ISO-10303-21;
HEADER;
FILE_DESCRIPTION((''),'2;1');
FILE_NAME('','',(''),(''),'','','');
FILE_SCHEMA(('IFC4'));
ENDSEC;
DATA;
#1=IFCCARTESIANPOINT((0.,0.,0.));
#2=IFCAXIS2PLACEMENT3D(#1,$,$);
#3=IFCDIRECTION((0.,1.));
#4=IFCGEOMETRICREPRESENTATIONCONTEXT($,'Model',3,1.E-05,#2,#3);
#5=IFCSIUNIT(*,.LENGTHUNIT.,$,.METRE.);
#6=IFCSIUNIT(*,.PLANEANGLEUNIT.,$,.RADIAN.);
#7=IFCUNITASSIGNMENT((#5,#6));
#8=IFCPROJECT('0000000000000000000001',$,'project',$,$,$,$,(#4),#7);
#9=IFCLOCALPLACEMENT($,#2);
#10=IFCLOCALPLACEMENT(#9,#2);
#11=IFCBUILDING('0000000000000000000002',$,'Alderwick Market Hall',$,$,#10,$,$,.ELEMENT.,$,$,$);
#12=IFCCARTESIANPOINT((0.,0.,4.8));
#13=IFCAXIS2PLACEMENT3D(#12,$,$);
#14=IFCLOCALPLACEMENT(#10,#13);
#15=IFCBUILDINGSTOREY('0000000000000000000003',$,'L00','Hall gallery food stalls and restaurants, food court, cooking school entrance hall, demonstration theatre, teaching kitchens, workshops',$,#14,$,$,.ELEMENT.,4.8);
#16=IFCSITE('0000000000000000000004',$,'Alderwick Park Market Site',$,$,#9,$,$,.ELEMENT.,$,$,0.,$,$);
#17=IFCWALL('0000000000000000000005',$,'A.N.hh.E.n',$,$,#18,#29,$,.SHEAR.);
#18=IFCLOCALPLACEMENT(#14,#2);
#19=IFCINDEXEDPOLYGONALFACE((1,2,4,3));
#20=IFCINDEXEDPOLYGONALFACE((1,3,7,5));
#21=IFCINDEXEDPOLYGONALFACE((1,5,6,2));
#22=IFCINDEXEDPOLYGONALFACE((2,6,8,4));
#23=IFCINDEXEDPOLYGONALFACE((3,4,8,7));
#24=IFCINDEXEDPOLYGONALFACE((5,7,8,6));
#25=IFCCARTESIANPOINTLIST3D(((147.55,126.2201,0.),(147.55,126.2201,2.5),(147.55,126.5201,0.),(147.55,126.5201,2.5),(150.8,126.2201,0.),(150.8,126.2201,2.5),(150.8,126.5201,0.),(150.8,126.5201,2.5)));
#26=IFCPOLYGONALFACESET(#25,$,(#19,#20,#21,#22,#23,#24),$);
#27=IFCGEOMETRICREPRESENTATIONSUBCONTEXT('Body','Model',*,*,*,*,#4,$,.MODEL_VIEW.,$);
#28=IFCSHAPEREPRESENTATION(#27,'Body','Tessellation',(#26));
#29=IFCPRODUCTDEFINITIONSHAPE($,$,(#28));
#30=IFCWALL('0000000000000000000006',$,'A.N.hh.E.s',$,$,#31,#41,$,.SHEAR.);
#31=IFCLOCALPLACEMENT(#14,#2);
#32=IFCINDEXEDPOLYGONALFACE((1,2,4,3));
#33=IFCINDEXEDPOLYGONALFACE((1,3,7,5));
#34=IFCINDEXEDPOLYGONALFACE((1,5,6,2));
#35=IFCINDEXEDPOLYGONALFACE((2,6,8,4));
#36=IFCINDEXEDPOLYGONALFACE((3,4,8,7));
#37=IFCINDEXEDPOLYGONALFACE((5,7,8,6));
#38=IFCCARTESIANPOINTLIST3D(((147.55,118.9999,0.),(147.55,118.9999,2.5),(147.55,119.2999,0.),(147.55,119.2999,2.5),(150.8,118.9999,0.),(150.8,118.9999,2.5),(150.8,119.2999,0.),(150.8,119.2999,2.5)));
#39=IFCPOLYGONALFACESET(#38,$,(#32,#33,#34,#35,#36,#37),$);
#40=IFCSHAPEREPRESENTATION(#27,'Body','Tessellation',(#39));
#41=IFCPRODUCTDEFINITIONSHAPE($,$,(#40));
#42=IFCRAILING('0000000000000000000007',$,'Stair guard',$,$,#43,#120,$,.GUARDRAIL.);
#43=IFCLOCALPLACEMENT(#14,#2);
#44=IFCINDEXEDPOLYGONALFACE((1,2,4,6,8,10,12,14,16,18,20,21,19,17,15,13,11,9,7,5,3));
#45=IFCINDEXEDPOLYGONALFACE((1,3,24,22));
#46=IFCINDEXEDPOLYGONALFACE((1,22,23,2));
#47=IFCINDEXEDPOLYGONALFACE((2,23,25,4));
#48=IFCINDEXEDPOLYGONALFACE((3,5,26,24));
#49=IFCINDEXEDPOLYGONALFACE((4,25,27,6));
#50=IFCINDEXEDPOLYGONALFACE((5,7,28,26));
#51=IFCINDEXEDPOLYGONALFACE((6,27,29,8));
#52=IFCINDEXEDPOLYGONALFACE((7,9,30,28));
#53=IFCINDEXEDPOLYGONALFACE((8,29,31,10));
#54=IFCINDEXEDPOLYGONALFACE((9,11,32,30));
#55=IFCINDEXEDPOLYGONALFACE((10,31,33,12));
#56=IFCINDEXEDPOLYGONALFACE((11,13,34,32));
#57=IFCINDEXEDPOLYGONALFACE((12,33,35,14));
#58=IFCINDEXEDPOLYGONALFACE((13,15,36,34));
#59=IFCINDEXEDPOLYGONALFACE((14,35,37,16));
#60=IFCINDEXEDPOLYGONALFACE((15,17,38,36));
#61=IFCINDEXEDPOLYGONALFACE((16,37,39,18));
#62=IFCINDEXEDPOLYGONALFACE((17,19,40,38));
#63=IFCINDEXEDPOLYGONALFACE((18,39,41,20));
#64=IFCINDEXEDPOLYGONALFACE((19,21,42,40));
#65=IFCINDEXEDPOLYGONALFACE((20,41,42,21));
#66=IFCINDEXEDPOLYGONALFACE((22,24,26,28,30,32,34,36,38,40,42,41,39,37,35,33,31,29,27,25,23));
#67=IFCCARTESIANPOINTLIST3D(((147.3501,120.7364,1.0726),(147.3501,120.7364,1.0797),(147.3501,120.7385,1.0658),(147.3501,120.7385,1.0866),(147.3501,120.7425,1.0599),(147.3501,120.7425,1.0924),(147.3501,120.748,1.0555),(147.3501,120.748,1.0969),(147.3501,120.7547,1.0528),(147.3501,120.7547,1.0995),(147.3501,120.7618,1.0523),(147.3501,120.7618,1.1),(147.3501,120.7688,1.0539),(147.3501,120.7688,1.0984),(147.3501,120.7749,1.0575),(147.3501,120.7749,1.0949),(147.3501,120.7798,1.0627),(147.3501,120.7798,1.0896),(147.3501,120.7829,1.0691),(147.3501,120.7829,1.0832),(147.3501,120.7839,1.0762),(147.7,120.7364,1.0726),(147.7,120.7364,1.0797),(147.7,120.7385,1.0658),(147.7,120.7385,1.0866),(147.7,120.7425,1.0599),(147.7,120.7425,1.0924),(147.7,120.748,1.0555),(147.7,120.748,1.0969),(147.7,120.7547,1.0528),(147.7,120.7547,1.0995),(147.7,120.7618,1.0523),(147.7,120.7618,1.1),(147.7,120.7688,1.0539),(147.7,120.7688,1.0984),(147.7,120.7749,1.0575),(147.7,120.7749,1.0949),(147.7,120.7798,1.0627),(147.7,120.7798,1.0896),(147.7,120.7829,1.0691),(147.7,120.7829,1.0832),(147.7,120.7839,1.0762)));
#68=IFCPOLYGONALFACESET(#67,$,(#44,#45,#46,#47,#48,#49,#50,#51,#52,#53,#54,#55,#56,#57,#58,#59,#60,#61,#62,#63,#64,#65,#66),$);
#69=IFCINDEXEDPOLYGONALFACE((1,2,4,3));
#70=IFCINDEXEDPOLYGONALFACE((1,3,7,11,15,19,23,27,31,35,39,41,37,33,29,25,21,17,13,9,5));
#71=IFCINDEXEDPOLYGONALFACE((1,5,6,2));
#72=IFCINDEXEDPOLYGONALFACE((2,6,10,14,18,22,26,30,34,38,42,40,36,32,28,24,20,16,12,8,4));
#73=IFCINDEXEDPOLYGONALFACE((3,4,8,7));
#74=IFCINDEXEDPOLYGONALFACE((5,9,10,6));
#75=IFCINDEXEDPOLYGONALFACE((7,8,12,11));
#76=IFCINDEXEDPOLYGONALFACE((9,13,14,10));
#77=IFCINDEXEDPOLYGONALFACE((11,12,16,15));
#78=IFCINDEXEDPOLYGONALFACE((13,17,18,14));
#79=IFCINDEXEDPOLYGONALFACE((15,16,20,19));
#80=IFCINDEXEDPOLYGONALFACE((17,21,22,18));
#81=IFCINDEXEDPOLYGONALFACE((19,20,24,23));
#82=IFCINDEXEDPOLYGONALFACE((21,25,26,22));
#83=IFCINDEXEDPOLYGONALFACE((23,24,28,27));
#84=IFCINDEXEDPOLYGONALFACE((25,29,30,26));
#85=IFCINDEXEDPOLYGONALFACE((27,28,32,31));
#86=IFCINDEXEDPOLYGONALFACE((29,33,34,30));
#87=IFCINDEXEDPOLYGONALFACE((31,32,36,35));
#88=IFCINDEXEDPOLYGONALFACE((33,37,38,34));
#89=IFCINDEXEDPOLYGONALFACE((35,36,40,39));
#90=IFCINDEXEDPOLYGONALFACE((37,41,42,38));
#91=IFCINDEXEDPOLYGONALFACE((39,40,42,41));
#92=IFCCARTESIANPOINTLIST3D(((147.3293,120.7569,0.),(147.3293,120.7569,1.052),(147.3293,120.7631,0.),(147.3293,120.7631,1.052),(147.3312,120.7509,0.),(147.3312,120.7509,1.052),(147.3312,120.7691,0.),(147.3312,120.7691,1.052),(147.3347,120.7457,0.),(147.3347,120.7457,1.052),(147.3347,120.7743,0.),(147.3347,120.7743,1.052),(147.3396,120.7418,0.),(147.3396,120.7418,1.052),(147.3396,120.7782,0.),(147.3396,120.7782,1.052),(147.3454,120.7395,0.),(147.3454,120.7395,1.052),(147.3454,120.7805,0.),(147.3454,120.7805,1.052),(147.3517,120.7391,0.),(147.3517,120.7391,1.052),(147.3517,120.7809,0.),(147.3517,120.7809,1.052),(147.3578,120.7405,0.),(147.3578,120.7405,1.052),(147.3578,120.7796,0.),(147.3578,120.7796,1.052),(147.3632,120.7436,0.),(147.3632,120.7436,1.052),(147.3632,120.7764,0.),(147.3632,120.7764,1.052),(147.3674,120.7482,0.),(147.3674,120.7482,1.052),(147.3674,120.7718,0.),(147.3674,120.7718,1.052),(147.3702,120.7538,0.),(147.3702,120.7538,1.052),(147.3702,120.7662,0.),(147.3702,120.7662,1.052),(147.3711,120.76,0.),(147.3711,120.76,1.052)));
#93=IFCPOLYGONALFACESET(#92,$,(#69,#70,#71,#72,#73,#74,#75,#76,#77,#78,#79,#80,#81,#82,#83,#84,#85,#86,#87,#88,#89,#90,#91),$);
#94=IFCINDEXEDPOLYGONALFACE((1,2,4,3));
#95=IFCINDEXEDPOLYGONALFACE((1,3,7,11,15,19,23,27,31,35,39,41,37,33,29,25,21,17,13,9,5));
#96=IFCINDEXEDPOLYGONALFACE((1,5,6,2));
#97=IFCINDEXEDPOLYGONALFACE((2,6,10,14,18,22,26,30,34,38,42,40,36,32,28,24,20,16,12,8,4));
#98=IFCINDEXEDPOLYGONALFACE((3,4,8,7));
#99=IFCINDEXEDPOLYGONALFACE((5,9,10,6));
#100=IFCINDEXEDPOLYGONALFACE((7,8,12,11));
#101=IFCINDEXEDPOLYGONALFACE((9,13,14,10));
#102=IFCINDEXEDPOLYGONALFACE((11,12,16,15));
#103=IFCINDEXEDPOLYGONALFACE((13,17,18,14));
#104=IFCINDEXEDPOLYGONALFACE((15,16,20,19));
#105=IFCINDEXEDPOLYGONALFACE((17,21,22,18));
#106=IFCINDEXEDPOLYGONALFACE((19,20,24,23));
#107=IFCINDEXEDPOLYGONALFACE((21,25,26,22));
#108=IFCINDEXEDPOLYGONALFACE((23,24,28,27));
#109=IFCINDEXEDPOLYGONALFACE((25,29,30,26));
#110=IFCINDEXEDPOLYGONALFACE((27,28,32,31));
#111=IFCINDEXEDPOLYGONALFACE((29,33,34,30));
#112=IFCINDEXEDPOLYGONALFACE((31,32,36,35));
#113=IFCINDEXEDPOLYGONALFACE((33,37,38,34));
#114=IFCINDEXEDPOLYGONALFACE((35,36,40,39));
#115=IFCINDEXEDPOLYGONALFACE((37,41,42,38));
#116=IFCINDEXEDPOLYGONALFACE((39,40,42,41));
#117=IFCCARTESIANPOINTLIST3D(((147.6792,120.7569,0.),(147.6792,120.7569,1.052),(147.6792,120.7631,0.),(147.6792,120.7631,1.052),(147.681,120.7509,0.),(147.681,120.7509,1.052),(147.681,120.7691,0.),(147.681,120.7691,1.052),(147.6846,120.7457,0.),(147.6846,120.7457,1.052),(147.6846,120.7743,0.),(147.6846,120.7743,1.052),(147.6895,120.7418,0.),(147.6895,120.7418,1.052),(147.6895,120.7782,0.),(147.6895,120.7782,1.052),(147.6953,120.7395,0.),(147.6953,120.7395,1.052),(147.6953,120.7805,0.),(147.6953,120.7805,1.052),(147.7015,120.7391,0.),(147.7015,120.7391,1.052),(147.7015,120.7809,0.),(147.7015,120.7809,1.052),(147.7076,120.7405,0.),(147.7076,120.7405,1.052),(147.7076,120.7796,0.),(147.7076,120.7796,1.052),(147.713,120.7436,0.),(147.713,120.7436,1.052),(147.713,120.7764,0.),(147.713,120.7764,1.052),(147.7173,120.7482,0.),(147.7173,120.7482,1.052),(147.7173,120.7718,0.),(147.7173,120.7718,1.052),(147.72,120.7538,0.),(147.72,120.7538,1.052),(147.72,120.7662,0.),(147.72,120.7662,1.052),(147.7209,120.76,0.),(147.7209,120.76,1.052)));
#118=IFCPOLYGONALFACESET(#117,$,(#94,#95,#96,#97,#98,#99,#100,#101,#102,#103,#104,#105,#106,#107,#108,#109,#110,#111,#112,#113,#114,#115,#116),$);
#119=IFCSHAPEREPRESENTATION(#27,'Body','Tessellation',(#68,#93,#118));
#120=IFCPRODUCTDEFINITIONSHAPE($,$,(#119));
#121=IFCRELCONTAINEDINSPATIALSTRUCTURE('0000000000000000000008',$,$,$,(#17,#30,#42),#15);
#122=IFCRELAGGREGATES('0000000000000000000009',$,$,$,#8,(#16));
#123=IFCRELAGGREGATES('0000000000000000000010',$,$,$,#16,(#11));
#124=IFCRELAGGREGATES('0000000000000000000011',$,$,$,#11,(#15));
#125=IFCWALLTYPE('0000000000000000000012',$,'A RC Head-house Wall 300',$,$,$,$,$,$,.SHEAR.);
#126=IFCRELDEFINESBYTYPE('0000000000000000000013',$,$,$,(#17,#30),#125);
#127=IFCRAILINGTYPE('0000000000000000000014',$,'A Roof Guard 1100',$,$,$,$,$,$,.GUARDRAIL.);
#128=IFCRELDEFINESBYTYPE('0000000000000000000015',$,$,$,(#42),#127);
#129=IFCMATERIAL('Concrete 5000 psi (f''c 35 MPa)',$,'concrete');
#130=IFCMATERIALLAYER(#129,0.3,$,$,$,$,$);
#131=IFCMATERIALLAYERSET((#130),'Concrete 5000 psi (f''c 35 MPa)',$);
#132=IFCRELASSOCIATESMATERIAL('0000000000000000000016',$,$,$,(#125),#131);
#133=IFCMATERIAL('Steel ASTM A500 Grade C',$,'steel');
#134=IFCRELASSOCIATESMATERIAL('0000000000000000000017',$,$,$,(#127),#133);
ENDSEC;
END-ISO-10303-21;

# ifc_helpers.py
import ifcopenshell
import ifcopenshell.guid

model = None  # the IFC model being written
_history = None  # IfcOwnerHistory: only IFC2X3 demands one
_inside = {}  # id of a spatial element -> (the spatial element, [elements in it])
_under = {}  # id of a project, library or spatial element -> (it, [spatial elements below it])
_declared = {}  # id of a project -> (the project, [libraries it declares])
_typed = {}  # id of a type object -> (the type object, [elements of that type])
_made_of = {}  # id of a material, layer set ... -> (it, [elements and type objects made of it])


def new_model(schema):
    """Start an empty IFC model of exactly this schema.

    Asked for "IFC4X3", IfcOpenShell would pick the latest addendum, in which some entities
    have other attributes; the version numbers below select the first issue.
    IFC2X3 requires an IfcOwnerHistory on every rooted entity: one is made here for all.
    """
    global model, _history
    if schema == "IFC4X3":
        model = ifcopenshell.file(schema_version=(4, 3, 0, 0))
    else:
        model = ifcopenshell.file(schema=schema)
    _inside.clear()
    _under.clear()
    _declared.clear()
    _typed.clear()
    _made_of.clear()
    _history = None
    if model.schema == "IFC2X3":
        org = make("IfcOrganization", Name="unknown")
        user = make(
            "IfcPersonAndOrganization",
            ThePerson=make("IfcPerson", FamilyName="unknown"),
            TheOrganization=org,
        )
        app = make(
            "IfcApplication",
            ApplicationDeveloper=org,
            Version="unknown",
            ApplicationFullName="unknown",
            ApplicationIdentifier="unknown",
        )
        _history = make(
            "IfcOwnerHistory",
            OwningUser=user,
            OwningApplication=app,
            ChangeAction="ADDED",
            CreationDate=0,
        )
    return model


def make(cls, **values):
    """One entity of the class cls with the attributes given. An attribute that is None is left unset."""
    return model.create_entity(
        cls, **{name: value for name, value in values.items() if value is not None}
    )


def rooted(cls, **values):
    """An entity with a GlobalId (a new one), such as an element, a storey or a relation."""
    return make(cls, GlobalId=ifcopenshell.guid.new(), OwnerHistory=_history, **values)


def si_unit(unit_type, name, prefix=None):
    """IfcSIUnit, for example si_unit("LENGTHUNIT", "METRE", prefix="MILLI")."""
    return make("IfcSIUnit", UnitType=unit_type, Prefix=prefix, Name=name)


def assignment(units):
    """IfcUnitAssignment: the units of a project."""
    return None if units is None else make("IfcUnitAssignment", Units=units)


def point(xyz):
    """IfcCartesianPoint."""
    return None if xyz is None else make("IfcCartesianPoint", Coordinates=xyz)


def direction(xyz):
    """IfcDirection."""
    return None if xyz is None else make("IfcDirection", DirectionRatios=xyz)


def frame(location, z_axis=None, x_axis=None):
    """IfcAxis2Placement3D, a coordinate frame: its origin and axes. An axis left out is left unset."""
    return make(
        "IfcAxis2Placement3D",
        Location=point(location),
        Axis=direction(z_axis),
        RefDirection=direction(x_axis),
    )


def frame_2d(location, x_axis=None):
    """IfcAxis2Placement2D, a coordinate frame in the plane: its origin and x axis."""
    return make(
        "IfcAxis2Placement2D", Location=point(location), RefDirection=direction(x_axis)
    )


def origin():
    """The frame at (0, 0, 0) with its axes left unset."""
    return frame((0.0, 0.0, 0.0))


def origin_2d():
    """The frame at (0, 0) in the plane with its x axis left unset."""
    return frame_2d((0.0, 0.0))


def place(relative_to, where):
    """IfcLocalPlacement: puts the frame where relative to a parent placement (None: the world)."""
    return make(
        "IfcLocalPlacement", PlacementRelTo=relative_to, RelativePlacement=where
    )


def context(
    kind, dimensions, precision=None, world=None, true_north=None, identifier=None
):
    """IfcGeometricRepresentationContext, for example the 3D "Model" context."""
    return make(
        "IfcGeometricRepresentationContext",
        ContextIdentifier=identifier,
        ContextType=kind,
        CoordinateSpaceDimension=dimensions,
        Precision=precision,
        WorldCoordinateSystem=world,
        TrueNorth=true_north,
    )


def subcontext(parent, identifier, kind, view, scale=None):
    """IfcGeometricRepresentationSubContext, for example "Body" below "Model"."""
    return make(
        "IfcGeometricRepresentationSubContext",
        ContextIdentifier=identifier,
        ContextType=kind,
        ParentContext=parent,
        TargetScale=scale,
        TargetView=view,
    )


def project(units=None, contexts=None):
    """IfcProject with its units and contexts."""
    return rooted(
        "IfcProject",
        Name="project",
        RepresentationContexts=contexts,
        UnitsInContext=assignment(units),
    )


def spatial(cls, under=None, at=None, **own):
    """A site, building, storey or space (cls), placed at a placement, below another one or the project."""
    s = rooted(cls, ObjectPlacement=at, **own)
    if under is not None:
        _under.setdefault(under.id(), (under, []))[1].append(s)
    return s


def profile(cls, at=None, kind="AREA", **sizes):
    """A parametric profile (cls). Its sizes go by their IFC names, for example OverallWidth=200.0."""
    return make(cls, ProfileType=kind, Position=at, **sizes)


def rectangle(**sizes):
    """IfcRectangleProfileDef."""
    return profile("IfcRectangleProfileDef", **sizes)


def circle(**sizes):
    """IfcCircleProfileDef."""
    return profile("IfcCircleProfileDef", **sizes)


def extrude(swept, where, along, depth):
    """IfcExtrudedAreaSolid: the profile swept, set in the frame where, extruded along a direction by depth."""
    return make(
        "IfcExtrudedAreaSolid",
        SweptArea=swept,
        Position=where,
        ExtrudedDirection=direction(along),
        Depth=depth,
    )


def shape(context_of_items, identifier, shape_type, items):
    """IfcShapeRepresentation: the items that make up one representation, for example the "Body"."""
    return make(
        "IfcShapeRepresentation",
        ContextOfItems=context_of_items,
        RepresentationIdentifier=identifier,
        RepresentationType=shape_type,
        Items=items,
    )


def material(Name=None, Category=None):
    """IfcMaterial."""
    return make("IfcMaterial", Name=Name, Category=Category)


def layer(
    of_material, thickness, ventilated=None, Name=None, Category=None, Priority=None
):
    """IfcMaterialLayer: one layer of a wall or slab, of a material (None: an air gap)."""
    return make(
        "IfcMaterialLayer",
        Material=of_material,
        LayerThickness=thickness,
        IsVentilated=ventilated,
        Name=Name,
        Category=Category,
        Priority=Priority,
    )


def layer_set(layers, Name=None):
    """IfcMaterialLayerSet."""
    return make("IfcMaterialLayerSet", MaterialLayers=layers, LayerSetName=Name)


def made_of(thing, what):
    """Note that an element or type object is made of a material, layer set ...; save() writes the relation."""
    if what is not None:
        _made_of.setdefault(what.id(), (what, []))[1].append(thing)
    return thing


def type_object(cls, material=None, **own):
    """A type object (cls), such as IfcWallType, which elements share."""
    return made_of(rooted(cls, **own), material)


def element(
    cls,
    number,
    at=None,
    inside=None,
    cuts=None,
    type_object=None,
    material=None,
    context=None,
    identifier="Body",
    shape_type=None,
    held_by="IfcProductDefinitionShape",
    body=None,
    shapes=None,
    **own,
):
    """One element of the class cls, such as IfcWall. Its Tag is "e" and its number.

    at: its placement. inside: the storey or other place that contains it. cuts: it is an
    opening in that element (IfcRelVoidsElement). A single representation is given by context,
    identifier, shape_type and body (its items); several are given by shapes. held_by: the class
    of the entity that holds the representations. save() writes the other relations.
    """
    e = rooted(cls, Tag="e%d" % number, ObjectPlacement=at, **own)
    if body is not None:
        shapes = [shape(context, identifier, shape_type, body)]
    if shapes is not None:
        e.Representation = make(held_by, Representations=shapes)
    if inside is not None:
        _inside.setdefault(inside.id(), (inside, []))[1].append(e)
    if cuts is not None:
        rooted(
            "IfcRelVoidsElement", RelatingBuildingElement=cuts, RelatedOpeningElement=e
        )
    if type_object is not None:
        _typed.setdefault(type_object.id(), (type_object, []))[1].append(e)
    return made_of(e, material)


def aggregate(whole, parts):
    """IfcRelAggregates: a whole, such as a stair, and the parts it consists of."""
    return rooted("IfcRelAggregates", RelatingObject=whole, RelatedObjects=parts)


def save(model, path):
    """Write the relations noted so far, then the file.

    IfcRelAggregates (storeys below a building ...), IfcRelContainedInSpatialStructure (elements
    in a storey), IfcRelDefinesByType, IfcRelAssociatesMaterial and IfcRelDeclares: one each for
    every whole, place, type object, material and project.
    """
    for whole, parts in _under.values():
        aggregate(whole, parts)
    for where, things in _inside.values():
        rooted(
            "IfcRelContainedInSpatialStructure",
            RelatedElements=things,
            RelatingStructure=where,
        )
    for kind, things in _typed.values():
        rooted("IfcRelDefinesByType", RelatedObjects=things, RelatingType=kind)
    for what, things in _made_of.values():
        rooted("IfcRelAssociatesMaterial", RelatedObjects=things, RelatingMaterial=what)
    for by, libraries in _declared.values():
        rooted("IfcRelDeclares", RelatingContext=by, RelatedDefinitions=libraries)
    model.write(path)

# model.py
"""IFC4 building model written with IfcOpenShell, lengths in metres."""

from ifc_helpers import new_model, si_unit, direction, frame, frame_2d, origin, origin_2d, place, context, subcontext, project, spatial, rectangle, circle, extrude, material, layer, layer_set, type_object, element, save


model = new_model("IFC4")

# Units and contexts
model_context = context("Model", 3, precision=1e-05, world=origin(), true_north=direction((0.0, 1.0)))
body_context = subcontext(model_context, "Body", "Model", "MODEL_VIEW")
ifc_project = project(units=[si_unit("LENGTHUNIT", "METRE"), si_unit("PLANEANGLEUNIT", "RADIAN")], contexts=[model_context])

# Site, building, storey
site_placement = place(None, origin())
site = spatial("IfcSite", under=ifc_project, at=site_placement, Name="Alderwick Park Market Site", CompositionType="ELEMENT", RefElevation=0.0)
building_placement = place(site_placement, origin())
building = spatial("IfcBuilding", under=site, at=building_placement, Name="Alderwick Market Hall", CompositionType="ELEMENT")
storey_placement = place(building_placement, frame((0.0, 0.0, 4.8)))
storey = spatial("IfcBuildingStorey", under=building, at=storey_placement, Name="L00", Description="Hall gallery food stalls and restaurants, food court, cooking school entrance hall, demonstration theatre, teaching kitchens, workshops", CompositionType="ELEMENT", Elevation=4.8)

# Shared definitions
ifc_material_1 = material(Name="Steel ASTM A500 Grade C", Category="steel")

# Shared definitions
ifc_material_2 = material(Name="Concrete 5000 psi (f'c 35 MPa)", Category="concrete")

# Shared definitions
ifc_layer_1 = layer(ifc_material_2, 0.3)
ifc_layer_set_1 = layer_set([ifc_layer_1], Name="Concrete 5000 psi (f'c 35 MPa)")
wall_type_1 = type_object("IfcWallType", Name="A RC Head-house Wall 300", PredefinedType="SHEAR", material=ifc_layer_set_1)

# Walls
for number, where, z_axis, x_axis, name in (
    (1, (150.8, 126.3701, 0.0), (0.0, 0.0, 1.0), (-1.0, 0.0, 0.0), "A.N.hh.E.n"),
    (2, (150.8, 119.1499, 0.0), (0.0, 0.0, 1.0), (-1.0, 0.0, 0.0), "A.N.hh.E.s"),
):
    element("IfcWall", number, at=place(storey_placement, frame(where, z_axis=z_axis, x_axis=x_axis)), inside=storey, type_object=wall_type_1, Name=name, PredefinedType="SHEAR", context=body_context, shape_type="SweptSolid", body=[
        extrude(rectangle(XDim=3.25, YDim=0.3, at=frame_2d((1.625, 0.0))), origin(), (0.0, 0.0, 1.0), 2.5),
    ])

# Railing
railing_type = type_object("IfcRailingType", Name="A Roof Guard 1100", PredefinedType="GUARDRAIL", material=ifc_material_1)
railing_1_placement = place(storey_placement, frame((147.3501, 120.76, 0.0)))
element("IfcRailing", 3, at=railing_1_placement, inside=storey, type_object=railing_type, Name="Stair guard", PredefinedType="GUARDRAIL", context=body_context, shape_type="SweptSolid", body=[
    extrude(circle(Radius=0.0239, at=origin_2d()), frame((0.0, 0.0, 1.0762), z_axis=(1.0, 0.0, 0.0), x_axis=(0.0, 1.0, 0.0)), (0.0, 0.0, 1.0), 0.3499),
    extrude(circle(Radius=0.021, at=origin_2d()), origin(), (0.0, 0.0, 1.0), 1.052),
    extrude(circle(Radius=0.021, at=origin_2d()), frame((0.3499, 0.0, 0.0)), (0.0, 0.0, 1.0), 1.052),
])

save(model, "model.ifc")
